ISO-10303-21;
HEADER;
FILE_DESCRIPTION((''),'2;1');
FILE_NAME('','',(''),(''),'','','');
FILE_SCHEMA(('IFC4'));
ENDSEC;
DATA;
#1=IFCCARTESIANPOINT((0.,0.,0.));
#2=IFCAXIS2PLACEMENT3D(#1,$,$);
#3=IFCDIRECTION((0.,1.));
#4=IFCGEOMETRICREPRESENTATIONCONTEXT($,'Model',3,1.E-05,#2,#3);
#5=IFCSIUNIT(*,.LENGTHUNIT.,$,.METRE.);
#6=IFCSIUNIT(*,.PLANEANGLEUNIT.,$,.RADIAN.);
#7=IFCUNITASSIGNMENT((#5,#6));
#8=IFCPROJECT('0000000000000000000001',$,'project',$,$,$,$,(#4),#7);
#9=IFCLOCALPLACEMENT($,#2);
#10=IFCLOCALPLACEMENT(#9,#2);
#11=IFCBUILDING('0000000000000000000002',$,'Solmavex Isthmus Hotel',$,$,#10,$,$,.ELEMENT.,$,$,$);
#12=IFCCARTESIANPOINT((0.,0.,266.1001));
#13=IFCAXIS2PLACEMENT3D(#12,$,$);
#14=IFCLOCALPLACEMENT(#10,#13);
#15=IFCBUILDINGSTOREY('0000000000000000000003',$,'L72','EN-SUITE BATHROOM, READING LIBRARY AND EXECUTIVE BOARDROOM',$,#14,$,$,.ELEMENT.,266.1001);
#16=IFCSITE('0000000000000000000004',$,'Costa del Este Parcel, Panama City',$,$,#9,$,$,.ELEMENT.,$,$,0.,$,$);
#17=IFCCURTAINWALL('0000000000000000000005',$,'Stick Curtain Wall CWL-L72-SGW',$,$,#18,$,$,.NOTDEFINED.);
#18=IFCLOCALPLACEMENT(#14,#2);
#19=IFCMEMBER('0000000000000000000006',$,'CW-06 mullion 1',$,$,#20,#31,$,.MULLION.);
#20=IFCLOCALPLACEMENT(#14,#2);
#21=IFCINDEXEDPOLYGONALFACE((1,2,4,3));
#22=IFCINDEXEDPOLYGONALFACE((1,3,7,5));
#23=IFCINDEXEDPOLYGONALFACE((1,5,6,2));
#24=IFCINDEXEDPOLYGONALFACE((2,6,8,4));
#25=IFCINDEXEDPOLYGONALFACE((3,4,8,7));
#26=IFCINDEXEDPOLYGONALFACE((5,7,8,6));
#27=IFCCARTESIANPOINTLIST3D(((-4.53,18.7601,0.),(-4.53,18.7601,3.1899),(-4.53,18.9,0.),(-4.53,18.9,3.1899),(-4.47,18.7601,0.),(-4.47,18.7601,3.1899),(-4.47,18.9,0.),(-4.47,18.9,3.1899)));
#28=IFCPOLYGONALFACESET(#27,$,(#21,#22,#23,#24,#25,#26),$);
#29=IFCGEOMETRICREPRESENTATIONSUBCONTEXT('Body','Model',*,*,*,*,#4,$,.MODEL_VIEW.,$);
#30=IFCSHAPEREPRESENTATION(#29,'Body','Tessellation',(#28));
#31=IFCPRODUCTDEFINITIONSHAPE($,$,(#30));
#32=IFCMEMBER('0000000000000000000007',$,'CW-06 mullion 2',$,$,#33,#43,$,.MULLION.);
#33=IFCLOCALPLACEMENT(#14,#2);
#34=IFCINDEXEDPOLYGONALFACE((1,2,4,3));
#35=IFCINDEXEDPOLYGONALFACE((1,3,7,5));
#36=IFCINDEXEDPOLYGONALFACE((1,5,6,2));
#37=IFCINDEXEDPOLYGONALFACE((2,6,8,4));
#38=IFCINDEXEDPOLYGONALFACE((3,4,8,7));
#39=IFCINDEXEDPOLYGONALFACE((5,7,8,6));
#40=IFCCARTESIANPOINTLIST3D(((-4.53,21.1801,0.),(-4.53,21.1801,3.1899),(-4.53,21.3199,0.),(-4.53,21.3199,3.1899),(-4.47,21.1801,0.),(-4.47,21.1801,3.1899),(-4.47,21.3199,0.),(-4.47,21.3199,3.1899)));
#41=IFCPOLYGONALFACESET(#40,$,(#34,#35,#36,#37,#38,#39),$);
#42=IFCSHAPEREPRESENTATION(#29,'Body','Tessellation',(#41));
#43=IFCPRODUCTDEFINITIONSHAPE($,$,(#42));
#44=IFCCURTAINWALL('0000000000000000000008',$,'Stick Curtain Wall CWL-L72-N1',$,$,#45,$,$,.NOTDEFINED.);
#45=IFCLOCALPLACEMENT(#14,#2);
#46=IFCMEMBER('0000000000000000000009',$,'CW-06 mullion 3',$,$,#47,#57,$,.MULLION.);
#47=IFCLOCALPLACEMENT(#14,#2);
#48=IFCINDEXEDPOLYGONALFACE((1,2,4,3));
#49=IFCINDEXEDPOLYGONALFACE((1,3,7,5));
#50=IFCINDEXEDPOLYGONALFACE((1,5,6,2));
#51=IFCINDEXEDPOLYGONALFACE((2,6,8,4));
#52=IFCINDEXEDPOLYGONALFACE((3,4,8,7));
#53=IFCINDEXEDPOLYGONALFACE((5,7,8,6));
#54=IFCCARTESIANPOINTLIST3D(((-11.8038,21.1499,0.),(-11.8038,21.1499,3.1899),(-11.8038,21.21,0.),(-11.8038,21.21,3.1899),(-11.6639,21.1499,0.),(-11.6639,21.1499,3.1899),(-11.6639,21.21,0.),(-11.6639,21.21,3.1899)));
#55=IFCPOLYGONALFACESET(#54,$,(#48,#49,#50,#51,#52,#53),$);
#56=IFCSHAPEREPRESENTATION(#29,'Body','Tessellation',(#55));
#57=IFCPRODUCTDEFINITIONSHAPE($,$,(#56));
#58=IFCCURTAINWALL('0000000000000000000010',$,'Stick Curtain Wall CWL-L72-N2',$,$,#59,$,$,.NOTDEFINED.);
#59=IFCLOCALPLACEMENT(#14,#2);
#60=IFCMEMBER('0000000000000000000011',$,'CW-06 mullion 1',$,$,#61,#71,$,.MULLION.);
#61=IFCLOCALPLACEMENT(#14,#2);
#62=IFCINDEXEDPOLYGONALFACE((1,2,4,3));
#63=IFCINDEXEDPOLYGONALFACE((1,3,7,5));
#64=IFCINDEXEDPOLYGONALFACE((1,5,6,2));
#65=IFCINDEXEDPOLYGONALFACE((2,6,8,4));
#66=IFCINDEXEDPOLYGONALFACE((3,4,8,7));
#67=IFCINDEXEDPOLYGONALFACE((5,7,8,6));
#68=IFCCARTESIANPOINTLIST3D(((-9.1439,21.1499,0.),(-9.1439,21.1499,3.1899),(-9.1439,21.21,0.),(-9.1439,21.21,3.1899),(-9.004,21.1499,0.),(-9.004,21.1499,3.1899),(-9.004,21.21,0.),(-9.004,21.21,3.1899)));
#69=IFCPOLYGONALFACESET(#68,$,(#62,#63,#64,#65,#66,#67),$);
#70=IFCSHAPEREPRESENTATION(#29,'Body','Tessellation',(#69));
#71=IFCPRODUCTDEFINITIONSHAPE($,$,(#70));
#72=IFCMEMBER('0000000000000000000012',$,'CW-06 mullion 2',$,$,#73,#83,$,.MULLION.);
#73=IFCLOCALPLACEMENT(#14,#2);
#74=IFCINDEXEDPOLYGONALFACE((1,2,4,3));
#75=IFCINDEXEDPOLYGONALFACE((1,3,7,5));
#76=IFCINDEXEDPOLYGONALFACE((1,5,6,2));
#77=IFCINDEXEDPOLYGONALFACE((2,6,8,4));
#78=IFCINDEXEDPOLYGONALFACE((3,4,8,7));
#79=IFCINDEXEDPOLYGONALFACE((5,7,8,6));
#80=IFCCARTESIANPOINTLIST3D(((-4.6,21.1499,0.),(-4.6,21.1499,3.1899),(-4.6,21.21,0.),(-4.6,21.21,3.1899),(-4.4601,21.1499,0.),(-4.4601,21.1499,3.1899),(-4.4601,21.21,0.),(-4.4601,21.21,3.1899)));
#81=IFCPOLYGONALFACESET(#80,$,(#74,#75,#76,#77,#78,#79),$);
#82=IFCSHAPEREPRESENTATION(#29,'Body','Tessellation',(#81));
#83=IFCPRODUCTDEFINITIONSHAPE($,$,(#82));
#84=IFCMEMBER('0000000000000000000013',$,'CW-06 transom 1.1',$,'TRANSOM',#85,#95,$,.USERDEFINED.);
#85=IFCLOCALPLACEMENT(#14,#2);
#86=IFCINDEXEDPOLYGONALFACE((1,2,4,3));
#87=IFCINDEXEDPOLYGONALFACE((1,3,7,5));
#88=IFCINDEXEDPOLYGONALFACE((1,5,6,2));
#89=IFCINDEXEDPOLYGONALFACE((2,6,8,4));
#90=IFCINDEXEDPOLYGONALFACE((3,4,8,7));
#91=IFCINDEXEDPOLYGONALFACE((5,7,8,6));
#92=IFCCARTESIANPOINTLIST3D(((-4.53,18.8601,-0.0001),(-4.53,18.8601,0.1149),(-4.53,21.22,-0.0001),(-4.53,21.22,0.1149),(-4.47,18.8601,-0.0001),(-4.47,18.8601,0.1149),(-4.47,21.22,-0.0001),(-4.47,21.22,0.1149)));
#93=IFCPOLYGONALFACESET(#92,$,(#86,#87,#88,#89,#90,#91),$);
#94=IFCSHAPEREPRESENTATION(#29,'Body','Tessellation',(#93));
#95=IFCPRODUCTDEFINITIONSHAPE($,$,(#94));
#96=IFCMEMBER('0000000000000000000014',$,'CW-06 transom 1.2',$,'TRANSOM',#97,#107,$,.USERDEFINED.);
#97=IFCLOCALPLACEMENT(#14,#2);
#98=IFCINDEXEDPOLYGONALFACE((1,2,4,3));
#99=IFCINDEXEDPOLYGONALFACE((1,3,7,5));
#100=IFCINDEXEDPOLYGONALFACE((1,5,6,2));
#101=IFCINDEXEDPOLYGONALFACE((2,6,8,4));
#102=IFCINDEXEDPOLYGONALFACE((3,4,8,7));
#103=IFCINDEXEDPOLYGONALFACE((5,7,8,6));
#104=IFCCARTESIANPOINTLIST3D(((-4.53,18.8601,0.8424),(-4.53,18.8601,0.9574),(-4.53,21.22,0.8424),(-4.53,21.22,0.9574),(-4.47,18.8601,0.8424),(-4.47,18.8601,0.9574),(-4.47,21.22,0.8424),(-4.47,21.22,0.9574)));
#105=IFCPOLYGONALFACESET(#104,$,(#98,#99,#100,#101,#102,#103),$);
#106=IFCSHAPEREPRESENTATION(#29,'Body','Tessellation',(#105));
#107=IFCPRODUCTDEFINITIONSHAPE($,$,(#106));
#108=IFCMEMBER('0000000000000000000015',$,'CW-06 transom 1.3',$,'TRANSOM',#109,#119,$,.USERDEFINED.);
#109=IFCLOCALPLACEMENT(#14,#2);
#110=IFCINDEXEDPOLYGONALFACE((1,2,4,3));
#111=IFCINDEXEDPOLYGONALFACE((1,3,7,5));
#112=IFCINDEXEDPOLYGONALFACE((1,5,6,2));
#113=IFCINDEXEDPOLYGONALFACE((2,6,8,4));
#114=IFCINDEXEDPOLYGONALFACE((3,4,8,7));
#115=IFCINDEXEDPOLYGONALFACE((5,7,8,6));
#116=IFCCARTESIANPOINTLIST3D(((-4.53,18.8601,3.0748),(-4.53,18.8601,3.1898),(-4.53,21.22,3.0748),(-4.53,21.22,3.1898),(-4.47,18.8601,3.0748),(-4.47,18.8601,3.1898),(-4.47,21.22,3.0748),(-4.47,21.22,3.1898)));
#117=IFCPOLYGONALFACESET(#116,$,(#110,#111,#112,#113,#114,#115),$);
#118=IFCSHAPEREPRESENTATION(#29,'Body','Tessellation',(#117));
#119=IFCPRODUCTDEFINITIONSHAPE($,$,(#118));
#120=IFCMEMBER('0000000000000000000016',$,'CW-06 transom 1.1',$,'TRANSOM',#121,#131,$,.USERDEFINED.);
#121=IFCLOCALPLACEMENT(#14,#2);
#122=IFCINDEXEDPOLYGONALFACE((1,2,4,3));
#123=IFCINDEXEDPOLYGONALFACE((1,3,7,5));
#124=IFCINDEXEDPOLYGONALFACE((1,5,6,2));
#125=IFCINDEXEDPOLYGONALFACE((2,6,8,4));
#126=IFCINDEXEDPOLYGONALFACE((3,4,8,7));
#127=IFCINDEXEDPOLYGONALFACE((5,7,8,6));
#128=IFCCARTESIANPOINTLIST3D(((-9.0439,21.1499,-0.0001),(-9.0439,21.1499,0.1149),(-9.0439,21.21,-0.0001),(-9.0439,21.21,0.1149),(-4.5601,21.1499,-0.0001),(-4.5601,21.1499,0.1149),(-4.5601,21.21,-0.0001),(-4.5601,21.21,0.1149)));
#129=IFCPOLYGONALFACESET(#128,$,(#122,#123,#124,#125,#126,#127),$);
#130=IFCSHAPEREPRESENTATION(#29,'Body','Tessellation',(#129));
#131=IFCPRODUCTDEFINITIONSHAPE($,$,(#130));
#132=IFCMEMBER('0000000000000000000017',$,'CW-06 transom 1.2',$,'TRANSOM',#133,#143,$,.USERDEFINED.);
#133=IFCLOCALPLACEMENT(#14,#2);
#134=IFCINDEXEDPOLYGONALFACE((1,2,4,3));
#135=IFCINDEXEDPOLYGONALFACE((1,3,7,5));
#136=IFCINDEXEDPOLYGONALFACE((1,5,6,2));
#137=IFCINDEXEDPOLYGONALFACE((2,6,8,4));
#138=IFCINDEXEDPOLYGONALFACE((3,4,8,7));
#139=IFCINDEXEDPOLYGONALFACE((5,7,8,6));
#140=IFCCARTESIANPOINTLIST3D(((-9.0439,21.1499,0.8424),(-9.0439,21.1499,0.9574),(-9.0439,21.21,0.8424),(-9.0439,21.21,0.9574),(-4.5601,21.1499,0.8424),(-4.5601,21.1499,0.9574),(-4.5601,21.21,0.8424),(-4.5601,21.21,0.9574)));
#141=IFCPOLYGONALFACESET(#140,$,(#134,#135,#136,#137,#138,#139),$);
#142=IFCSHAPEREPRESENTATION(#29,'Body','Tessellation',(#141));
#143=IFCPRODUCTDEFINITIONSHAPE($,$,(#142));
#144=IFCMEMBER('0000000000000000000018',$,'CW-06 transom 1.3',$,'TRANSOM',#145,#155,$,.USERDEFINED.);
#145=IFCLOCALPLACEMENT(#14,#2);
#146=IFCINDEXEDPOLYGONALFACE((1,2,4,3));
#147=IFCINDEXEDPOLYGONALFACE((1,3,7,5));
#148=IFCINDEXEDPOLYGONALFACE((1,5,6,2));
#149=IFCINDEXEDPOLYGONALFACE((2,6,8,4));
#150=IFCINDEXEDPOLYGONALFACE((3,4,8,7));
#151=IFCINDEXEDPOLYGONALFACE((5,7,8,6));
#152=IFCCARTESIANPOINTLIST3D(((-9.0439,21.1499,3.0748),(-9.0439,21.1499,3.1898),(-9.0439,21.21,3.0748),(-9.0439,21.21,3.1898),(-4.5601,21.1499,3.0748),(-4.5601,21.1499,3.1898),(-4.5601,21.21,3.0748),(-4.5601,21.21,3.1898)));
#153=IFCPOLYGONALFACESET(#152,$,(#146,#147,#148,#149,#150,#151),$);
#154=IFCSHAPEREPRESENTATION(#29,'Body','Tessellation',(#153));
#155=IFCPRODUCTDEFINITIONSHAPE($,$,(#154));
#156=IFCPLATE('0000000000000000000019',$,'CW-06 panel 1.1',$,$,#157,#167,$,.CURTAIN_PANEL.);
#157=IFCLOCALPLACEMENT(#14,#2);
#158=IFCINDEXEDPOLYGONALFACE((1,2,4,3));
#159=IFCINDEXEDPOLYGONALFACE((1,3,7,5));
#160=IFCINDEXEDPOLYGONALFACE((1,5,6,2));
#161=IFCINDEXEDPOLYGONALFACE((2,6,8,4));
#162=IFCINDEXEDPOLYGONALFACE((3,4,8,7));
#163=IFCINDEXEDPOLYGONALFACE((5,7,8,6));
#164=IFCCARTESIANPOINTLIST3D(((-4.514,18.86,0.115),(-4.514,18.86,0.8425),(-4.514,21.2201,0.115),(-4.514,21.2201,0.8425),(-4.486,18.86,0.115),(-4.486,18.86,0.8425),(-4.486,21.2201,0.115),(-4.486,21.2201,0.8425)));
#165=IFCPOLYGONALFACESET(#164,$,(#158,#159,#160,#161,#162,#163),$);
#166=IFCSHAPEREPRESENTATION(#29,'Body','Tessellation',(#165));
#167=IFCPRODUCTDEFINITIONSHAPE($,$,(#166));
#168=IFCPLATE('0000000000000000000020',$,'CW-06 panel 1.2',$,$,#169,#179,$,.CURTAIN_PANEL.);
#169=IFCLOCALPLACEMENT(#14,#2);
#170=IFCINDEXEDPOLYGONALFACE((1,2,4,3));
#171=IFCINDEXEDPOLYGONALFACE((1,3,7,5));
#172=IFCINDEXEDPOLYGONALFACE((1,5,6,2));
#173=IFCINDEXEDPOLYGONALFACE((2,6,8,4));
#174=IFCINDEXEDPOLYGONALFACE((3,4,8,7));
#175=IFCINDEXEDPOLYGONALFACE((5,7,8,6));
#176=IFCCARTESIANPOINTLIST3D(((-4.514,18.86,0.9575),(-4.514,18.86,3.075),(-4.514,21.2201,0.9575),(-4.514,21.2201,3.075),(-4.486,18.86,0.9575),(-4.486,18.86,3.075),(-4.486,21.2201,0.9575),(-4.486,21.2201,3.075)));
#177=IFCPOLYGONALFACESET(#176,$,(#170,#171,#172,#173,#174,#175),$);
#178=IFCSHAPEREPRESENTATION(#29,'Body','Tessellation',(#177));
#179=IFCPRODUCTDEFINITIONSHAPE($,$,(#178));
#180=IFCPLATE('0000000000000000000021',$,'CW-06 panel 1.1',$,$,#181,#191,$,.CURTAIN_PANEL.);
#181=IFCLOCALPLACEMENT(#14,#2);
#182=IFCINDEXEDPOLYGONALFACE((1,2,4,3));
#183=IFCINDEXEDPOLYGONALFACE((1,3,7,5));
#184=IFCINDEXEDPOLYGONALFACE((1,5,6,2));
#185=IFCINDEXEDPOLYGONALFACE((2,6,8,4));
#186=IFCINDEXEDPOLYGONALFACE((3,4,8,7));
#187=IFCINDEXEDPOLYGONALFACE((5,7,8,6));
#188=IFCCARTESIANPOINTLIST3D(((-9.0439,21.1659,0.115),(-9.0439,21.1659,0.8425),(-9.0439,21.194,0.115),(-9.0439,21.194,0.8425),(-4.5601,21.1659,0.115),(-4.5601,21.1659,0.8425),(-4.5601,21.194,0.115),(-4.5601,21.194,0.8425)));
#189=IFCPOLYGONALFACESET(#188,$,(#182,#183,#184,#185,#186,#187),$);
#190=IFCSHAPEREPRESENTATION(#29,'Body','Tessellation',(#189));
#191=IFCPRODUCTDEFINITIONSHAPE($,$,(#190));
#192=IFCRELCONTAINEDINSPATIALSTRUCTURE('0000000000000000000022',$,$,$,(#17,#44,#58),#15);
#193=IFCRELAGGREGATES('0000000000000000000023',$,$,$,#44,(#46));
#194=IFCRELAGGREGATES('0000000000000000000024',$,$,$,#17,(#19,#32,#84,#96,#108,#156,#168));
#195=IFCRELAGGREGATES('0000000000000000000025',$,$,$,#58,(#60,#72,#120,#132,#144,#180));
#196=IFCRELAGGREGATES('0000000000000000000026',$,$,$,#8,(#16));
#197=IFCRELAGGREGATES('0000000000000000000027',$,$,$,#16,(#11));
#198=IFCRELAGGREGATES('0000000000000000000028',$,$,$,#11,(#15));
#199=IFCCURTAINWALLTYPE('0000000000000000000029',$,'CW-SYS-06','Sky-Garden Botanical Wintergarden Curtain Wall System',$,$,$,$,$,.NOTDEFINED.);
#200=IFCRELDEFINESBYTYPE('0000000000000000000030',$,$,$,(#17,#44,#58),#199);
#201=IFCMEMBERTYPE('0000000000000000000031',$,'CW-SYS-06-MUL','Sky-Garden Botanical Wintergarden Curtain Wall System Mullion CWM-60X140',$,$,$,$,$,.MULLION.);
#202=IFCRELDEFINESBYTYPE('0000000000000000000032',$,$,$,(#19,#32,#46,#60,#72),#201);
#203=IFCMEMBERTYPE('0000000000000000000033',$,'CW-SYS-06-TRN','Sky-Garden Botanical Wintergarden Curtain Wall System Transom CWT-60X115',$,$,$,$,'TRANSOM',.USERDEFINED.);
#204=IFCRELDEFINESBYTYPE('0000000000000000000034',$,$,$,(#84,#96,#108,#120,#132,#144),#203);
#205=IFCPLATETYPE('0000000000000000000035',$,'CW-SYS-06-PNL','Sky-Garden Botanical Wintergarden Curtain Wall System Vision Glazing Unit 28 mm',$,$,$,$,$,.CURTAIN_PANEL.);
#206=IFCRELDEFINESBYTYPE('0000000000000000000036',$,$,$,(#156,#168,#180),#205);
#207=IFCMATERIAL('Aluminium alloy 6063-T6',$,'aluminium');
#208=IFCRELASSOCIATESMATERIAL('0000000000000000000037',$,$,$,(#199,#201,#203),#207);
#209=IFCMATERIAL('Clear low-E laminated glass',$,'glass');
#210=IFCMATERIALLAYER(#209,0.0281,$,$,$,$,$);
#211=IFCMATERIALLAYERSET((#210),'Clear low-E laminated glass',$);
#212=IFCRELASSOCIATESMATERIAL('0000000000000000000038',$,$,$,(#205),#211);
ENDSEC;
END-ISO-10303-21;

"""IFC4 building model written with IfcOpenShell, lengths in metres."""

from ifc_helpers import new_model, si_unit, direction, frame, origin, origin_2d, place, context, subcontext, project, spatial, rectangle, extrude, material, layer, layer_set, material_profile, profile_set, type_object, element, aggregate, save


model = new_model("IFC4")

# Units and contexts
model_context = context("Model", 3, precision=1e-05, world=origin(), true_north=direction((0.0, 1.0)))
body_context = subcontext(model_context, "Body", "Model", "MODEL_VIEW")
ifc_project = project(units=[si_unit("LENGTHUNIT", "METRE"), si_unit("PLANEANGLEUNIT", "RADIAN")], contexts=[model_context])

# Site, building, storey
site_placement = place(None, origin())
site = spatial("IfcSite", under=ifc_project, at=site_placement, Name="Costa del Este Parcel, Panama City", CompositionType="ELEMENT", RefElevation=0.0)
building_placement = place(site_placement, origin())
building = spatial("IfcBuilding", under=site, at=building_placement, Name="Solmavex Isthmus Hotel", CompositionType="ELEMENT")
storey_placement = place(building_placement, frame((0.0, 0.0, 266.1001)))
storey = spatial("IfcBuildingStorey", under=building, at=storey_placement, Name="L72", Description="EN-SUITE BATHROOM, READING LIBRARY AND EXECUTIVE BOARDROOM", CompositionType="ELEMENT", Elevation=266.1001)

# Curtain wall, members
ifc_material_1 = material(Name="Aluminium alloy 6063-T6", Category="aluminium")
curtain_wall_type = type_object("IfcCurtainWallType", Name="CW-SYS-06", Description="Sky-Garden Botanical Wintergarden Curtain Wall System", PredefinedType="NOTDEFINED", material=ifc_material_1)
curtain_wall_1_placement = place(storey_placement, origin())
curtain_wall_1 = element("IfcCurtainWall", 1, at=curtain_wall_1_placement, inside=storey, type_object=curtain_wall_type, Name="Stick Curtain Wall CWL-L72-SGW", PredefinedType="NOTDEFINED")
ifc_material_profile_1 = material_profile(ifc_material_1, rectangle(XDim=0.0601, YDim=0.1399, at=origin_2d()), Name="CWM-60X140")
ifc_profile_set_1 = profile_set([ifc_material_profile_1], Name="Aluminium alloy 6063-T6")
member_type_1 = type_object("IfcMemberType", Name="CW-SYS-06-MUL", Description="Sky-Garden Botanical Wintergarden Curtain Wall System Mullion CWM-60X140", PredefinedType="MULLION", material=ifc_profile_set_1)
member_1_placement = place(storey_placement, frame((-4.5, 18.8301, 0.0), z_axis=(0.0, 0.0, 1.0), x_axis=(-1.0, 0.0, 0.0)))
member_1 = element("IfcMember", 2, at=member_1_placement, type_object=member_type_1, Name="CW-06 mullion 1", PredefinedType="MULLION", context=body_context, shape_type="SweptSolid", body=[
    extrude(rectangle(XDim=0.0601, YDim=0.1399, at=origin_2d()), origin(), (0.0, 0.0, 1.0), 3.1899),
])
member_2_placement = place(storey_placement, frame((-4.5, 21.25, 0.0), z_axis=(0.0, 0.0, 1.0), x_axis=(-1.0, 0.0, 0.0)))
member_2 = element("IfcMember", 3, at=member_2_placement, type_object=member_type_1, Name="CW-06 mullion 2", PredefinedType="MULLION", context=body_context, shape_type="SweptSolid", body=[
    extrude(rectangle(XDim=0.0601, YDim=0.1399, at=origin_2d()), origin(), (0.0, 0.0, 1.0), 3.1899),
])

# Curtain wall, member
curtain_wall_2_placement = place(storey_placement, origin())
curtain_wall_2 = element("IfcCurtainWall", 4, at=curtain_wall_2_placement, inside=storey, type_object=curtain_wall_type, Name="Stick Curtain Wall CWL-L72-N1", PredefinedType="NOTDEFINED")
member_3_placement = place(storey_placement, frame((-11.7339, 21.1799, 0.0), z_axis=(0.0, 0.0, 1.0), x_axis=(0.0, 1.0, 0.0)))
member_3 = element("IfcMember", 5, at=member_3_placement, type_object=member_type_1, Name="CW-06 mullion 3", PredefinedType="MULLION", context=body_context, shape_type="SweptSolid", body=[
    extrude(rectangle(XDim=0.0601, YDim=0.1399, at=origin_2d()), origin(), (0.0, 0.0, 1.0), 3.1899),
])
aggregate(curtain_wall_2, [member_3])

# Curtain wall, members
curtain_wall_3_placement = place(storey_placement, origin())
curtain_wall_3 = element("IfcCurtainWall", 6, at=curtain_wall_3_placement, inside=storey, type_object=curtain_wall_type, Name="Stick Curtain Wall CWL-L72-N2", PredefinedType="NOTDEFINED")
member_4_placement = place(storey_placement, frame((-9.074, 21.1799, 0.0), z_axis=(0.0, 0.0, 1.0), x_axis=(0.0, 1.0, 0.0)))
member_4 = element("IfcMember", 7, at=member_4_placement, type_object=member_type_1, Name="CW-06 mullion 1", PredefinedType="MULLION", context=body_context, shape_type="SweptSolid", body=[
    extrude(rectangle(XDim=0.0601, YDim=0.1399, at=origin_2d()), origin(), (0.0, 0.0, 1.0), 3.1899),
])
member_5_placement = place(storey_placement, frame((-4.53, 21.1799, 0.0), z_axis=(0.0, 0.0, 1.0), x_axis=(0.0, 1.0, 0.0)))
member_5 = element("IfcMember", 8, at=member_5_placement, type_object=member_type_1, Name="CW-06 mullion 2", PredefinedType="MULLION", context=body_context, shape_type="SweptSolid", body=[
    extrude(rectangle(XDim=0.0601, YDim=0.1399, at=origin_2d()), origin(), (0.0, 0.0, 1.0), 3.1899),
])

# Members
ifc_material_profile_2 = material_profile(ifc_material_1, rectangle(XDim=0.0601, YDim=0.115, at=origin_2d()), Name="CWT-60X115")
ifc_profile_set_2 = profile_set([ifc_material_profile_2], Name="Aluminium alloy 6063-T6")
member_type_2 = type_object("IfcMemberType", Name="CW-SYS-06-TRN", Description="Sky-Garden Botanical Wintergarden Curtain Wall System Transom CWT-60X115", ElementType="TRANSOM", PredefinedType="USERDEFINED", material=ifc_profile_set_2)
member_6_placement = place(storey_placement, frame((-4.5, 18.8601, 0.0574), z_axis=(0.0, 1.0, 0.0), x_axis=(-1.0, 0.0, 0.0)))
member_6 = element("IfcMember", 9, at=member_6_placement, type_object=member_type_2, Name="CW-06 transom 1.1", ObjectType="TRANSOM", PredefinedType="USERDEFINED", context=body_context, shape_type="SweptSolid", body=[
    extrude(rectangle(XDim=0.0601, YDim=0.115, at=origin_2d()), origin(), (0.0, 0.0, 1.0), 2.3599),
])
member_7_placement = place(storey_placement, frame((-4.5, 18.8601, 0.8999), z_axis=(0.0, 1.0, 0.0), x_axis=(-1.0, 0.0, 0.0)))
member_7 = element("IfcMember", 10, at=member_7_placement, type_object=member_type_2, Name="CW-06 transom 1.2", ObjectType="TRANSOM", PredefinedType="USERDEFINED", context=body_context, shape_type="SweptSolid", body=[
    extrude(rectangle(XDim=0.0601, YDim=0.115, at=origin_2d()), origin(), (0.0, 0.0, 1.0), 2.3599),
])
member_8_placement = place(storey_placement, frame((-4.5, 18.8601, 3.1323), z_axis=(0.0, 1.0, 0.0), x_axis=(-1.0, 0.0, 0.0)))
member_8 = element("IfcMember", 11, at=member_8_placement, type_object=member_type_2, Name="CW-06 transom 1.3", ObjectType="TRANSOM", PredefinedType="USERDEFINED", context=body_context, shape_type="SweptSolid", body=[
    extrude(rectangle(XDim=0.0601, YDim=0.115, at=origin_2d()), origin(), (0.0, 0.0, 1.0), 2.3599),
])
member_9_placement = place(storey_placement, frame((-9.0439, 21.1799, 0.0574), z_axis=(1.0, 0.0, 0.0), x_axis=(0.0, 1.0, 0.0)))
member_9 = element("IfcMember", 12, at=member_9_placement, type_object=member_type_2, Name="CW-06 transom 1.1", ObjectType="TRANSOM", PredefinedType="USERDEFINED", context=body_context, shape_type="SweptSolid", body=[
    extrude(rectangle(XDim=0.0601, YDim=0.115, at=origin_2d()), origin(), (0.0, 0.0, 1.0), 4.4839),
])
member_10_placement = place(storey_placement, frame((-9.0439, 21.1799, 0.8999), z_axis=(1.0, 0.0, 0.0), x_axis=(0.0, 1.0, 0.0)))
member_10 = element("IfcMember", 13, at=member_10_placement, type_object=member_type_2, Name="CW-06 transom 1.2", ObjectType="TRANSOM", PredefinedType="USERDEFINED", context=body_context, shape_type="SweptSolid", body=[
    extrude(rectangle(XDim=0.0601, YDim=0.115, at=origin_2d()), origin(), (0.0, 0.0, 1.0), 4.4839),
])
member_11_placement = place(storey_placement, frame((-9.0439, 21.1799, 3.1323), z_axis=(1.0, 0.0, 0.0), x_axis=(0.0, 1.0, 0.0)))
member_11 = element("IfcMember", 14, at=member_11_placement, type_object=member_type_2, Name="CW-06 transom 1.3", ObjectType="TRANSOM", PredefinedType="USERDEFINED", context=body_context, shape_type="SweptSolid", body=[
    extrude(rectangle(XDim=0.0601, YDim=0.115, at=origin_2d()), origin(), (0.0, 0.0, 1.0), 4.4839),
])

# Plates
ifc_material_2 = material(Name="Clear low-E laminated glass", Category="glass")
ifc_layer_1 = layer(ifc_material_2, 0.0281)
ifc_layer_set_1 = layer_set([ifc_layer_1], Name="Clear low-E laminated glass")
plate_type = type_object("IfcPlateType", Name="CW-SYS-06-PNL", Description="Sky-Garden Botanical Wintergarden Curtain Wall System Vision Glazing Unit 28 mm", PredefinedType="CURTAIN_PANEL", material=ifc_layer_set_1)
plate_1_placement = place(storey_placement, frame((-4.5, 20.04, 0.115), z_axis=(0.0, 0.0, 1.0), x_axis=(0.0, 1.0, 0.0)))
plate_1 = element("IfcPlate", 15, at=plate_1_placement, type_object=plate_type, Name="CW-06 panel 1.1", PredefinedType="CURTAIN_PANEL", context=body_context, shape_type="SweptSolid", body=[
    extrude(rectangle(XDim=2.3601, YDim=0.0281, at=origin_2d()), origin(), (0.0, 0.0, 1.0), 0.7275),
])
plate_2_placement = place(storey_placement, frame((-4.5, 20.04, 0.9575), z_axis=(0.0, 0.0, 1.0), x_axis=(0.0, 1.0, 0.0)))
plate_2 = element("IfcPlate", 16, at=plate_2_placement, type_object=plate_type, Name="CW-06 panel 1.2", PredefinedType="CURTAIN_PANEL", context=body_context, shape_type="SweptSolid", body=[
    extrude(rectangle(XDim=2.3601, YDim=0.0281, at=origin_2d()), origin(), (0.0, 0.0, 1.0), 2.1174),
])
aggregate(curtain_wall_1, [member_1, member_2, member_6, member_7, member_8, plate_1, plate_2])
plate_3_placement = place(storey_placement, frame((-6.802, 21.1799, 0.115), z_axis=(0.0, 0.0, 1.0), x_axis=(1.0, 0.0, 0.0)))
plate_3 = element("IfcPlate", 17, at=plate_3_placement, type_object=plate_type, Name="CW-06 panel 1.1", PredefinedType="CURTAIN_PANEL", context=body_context, shape_type="SweptSolid", body=[
    extrude(rectangle(XDim=4.4839, YDim=0.0281, at=origin_2d()), origin(), (0.0, 0.0, 1.0), 0.7275),
])
aggregate(curtain_wall_3, [member_4, member_5, member_9, member_10, member_11, plate_3])

save(model, "model.ifc")
